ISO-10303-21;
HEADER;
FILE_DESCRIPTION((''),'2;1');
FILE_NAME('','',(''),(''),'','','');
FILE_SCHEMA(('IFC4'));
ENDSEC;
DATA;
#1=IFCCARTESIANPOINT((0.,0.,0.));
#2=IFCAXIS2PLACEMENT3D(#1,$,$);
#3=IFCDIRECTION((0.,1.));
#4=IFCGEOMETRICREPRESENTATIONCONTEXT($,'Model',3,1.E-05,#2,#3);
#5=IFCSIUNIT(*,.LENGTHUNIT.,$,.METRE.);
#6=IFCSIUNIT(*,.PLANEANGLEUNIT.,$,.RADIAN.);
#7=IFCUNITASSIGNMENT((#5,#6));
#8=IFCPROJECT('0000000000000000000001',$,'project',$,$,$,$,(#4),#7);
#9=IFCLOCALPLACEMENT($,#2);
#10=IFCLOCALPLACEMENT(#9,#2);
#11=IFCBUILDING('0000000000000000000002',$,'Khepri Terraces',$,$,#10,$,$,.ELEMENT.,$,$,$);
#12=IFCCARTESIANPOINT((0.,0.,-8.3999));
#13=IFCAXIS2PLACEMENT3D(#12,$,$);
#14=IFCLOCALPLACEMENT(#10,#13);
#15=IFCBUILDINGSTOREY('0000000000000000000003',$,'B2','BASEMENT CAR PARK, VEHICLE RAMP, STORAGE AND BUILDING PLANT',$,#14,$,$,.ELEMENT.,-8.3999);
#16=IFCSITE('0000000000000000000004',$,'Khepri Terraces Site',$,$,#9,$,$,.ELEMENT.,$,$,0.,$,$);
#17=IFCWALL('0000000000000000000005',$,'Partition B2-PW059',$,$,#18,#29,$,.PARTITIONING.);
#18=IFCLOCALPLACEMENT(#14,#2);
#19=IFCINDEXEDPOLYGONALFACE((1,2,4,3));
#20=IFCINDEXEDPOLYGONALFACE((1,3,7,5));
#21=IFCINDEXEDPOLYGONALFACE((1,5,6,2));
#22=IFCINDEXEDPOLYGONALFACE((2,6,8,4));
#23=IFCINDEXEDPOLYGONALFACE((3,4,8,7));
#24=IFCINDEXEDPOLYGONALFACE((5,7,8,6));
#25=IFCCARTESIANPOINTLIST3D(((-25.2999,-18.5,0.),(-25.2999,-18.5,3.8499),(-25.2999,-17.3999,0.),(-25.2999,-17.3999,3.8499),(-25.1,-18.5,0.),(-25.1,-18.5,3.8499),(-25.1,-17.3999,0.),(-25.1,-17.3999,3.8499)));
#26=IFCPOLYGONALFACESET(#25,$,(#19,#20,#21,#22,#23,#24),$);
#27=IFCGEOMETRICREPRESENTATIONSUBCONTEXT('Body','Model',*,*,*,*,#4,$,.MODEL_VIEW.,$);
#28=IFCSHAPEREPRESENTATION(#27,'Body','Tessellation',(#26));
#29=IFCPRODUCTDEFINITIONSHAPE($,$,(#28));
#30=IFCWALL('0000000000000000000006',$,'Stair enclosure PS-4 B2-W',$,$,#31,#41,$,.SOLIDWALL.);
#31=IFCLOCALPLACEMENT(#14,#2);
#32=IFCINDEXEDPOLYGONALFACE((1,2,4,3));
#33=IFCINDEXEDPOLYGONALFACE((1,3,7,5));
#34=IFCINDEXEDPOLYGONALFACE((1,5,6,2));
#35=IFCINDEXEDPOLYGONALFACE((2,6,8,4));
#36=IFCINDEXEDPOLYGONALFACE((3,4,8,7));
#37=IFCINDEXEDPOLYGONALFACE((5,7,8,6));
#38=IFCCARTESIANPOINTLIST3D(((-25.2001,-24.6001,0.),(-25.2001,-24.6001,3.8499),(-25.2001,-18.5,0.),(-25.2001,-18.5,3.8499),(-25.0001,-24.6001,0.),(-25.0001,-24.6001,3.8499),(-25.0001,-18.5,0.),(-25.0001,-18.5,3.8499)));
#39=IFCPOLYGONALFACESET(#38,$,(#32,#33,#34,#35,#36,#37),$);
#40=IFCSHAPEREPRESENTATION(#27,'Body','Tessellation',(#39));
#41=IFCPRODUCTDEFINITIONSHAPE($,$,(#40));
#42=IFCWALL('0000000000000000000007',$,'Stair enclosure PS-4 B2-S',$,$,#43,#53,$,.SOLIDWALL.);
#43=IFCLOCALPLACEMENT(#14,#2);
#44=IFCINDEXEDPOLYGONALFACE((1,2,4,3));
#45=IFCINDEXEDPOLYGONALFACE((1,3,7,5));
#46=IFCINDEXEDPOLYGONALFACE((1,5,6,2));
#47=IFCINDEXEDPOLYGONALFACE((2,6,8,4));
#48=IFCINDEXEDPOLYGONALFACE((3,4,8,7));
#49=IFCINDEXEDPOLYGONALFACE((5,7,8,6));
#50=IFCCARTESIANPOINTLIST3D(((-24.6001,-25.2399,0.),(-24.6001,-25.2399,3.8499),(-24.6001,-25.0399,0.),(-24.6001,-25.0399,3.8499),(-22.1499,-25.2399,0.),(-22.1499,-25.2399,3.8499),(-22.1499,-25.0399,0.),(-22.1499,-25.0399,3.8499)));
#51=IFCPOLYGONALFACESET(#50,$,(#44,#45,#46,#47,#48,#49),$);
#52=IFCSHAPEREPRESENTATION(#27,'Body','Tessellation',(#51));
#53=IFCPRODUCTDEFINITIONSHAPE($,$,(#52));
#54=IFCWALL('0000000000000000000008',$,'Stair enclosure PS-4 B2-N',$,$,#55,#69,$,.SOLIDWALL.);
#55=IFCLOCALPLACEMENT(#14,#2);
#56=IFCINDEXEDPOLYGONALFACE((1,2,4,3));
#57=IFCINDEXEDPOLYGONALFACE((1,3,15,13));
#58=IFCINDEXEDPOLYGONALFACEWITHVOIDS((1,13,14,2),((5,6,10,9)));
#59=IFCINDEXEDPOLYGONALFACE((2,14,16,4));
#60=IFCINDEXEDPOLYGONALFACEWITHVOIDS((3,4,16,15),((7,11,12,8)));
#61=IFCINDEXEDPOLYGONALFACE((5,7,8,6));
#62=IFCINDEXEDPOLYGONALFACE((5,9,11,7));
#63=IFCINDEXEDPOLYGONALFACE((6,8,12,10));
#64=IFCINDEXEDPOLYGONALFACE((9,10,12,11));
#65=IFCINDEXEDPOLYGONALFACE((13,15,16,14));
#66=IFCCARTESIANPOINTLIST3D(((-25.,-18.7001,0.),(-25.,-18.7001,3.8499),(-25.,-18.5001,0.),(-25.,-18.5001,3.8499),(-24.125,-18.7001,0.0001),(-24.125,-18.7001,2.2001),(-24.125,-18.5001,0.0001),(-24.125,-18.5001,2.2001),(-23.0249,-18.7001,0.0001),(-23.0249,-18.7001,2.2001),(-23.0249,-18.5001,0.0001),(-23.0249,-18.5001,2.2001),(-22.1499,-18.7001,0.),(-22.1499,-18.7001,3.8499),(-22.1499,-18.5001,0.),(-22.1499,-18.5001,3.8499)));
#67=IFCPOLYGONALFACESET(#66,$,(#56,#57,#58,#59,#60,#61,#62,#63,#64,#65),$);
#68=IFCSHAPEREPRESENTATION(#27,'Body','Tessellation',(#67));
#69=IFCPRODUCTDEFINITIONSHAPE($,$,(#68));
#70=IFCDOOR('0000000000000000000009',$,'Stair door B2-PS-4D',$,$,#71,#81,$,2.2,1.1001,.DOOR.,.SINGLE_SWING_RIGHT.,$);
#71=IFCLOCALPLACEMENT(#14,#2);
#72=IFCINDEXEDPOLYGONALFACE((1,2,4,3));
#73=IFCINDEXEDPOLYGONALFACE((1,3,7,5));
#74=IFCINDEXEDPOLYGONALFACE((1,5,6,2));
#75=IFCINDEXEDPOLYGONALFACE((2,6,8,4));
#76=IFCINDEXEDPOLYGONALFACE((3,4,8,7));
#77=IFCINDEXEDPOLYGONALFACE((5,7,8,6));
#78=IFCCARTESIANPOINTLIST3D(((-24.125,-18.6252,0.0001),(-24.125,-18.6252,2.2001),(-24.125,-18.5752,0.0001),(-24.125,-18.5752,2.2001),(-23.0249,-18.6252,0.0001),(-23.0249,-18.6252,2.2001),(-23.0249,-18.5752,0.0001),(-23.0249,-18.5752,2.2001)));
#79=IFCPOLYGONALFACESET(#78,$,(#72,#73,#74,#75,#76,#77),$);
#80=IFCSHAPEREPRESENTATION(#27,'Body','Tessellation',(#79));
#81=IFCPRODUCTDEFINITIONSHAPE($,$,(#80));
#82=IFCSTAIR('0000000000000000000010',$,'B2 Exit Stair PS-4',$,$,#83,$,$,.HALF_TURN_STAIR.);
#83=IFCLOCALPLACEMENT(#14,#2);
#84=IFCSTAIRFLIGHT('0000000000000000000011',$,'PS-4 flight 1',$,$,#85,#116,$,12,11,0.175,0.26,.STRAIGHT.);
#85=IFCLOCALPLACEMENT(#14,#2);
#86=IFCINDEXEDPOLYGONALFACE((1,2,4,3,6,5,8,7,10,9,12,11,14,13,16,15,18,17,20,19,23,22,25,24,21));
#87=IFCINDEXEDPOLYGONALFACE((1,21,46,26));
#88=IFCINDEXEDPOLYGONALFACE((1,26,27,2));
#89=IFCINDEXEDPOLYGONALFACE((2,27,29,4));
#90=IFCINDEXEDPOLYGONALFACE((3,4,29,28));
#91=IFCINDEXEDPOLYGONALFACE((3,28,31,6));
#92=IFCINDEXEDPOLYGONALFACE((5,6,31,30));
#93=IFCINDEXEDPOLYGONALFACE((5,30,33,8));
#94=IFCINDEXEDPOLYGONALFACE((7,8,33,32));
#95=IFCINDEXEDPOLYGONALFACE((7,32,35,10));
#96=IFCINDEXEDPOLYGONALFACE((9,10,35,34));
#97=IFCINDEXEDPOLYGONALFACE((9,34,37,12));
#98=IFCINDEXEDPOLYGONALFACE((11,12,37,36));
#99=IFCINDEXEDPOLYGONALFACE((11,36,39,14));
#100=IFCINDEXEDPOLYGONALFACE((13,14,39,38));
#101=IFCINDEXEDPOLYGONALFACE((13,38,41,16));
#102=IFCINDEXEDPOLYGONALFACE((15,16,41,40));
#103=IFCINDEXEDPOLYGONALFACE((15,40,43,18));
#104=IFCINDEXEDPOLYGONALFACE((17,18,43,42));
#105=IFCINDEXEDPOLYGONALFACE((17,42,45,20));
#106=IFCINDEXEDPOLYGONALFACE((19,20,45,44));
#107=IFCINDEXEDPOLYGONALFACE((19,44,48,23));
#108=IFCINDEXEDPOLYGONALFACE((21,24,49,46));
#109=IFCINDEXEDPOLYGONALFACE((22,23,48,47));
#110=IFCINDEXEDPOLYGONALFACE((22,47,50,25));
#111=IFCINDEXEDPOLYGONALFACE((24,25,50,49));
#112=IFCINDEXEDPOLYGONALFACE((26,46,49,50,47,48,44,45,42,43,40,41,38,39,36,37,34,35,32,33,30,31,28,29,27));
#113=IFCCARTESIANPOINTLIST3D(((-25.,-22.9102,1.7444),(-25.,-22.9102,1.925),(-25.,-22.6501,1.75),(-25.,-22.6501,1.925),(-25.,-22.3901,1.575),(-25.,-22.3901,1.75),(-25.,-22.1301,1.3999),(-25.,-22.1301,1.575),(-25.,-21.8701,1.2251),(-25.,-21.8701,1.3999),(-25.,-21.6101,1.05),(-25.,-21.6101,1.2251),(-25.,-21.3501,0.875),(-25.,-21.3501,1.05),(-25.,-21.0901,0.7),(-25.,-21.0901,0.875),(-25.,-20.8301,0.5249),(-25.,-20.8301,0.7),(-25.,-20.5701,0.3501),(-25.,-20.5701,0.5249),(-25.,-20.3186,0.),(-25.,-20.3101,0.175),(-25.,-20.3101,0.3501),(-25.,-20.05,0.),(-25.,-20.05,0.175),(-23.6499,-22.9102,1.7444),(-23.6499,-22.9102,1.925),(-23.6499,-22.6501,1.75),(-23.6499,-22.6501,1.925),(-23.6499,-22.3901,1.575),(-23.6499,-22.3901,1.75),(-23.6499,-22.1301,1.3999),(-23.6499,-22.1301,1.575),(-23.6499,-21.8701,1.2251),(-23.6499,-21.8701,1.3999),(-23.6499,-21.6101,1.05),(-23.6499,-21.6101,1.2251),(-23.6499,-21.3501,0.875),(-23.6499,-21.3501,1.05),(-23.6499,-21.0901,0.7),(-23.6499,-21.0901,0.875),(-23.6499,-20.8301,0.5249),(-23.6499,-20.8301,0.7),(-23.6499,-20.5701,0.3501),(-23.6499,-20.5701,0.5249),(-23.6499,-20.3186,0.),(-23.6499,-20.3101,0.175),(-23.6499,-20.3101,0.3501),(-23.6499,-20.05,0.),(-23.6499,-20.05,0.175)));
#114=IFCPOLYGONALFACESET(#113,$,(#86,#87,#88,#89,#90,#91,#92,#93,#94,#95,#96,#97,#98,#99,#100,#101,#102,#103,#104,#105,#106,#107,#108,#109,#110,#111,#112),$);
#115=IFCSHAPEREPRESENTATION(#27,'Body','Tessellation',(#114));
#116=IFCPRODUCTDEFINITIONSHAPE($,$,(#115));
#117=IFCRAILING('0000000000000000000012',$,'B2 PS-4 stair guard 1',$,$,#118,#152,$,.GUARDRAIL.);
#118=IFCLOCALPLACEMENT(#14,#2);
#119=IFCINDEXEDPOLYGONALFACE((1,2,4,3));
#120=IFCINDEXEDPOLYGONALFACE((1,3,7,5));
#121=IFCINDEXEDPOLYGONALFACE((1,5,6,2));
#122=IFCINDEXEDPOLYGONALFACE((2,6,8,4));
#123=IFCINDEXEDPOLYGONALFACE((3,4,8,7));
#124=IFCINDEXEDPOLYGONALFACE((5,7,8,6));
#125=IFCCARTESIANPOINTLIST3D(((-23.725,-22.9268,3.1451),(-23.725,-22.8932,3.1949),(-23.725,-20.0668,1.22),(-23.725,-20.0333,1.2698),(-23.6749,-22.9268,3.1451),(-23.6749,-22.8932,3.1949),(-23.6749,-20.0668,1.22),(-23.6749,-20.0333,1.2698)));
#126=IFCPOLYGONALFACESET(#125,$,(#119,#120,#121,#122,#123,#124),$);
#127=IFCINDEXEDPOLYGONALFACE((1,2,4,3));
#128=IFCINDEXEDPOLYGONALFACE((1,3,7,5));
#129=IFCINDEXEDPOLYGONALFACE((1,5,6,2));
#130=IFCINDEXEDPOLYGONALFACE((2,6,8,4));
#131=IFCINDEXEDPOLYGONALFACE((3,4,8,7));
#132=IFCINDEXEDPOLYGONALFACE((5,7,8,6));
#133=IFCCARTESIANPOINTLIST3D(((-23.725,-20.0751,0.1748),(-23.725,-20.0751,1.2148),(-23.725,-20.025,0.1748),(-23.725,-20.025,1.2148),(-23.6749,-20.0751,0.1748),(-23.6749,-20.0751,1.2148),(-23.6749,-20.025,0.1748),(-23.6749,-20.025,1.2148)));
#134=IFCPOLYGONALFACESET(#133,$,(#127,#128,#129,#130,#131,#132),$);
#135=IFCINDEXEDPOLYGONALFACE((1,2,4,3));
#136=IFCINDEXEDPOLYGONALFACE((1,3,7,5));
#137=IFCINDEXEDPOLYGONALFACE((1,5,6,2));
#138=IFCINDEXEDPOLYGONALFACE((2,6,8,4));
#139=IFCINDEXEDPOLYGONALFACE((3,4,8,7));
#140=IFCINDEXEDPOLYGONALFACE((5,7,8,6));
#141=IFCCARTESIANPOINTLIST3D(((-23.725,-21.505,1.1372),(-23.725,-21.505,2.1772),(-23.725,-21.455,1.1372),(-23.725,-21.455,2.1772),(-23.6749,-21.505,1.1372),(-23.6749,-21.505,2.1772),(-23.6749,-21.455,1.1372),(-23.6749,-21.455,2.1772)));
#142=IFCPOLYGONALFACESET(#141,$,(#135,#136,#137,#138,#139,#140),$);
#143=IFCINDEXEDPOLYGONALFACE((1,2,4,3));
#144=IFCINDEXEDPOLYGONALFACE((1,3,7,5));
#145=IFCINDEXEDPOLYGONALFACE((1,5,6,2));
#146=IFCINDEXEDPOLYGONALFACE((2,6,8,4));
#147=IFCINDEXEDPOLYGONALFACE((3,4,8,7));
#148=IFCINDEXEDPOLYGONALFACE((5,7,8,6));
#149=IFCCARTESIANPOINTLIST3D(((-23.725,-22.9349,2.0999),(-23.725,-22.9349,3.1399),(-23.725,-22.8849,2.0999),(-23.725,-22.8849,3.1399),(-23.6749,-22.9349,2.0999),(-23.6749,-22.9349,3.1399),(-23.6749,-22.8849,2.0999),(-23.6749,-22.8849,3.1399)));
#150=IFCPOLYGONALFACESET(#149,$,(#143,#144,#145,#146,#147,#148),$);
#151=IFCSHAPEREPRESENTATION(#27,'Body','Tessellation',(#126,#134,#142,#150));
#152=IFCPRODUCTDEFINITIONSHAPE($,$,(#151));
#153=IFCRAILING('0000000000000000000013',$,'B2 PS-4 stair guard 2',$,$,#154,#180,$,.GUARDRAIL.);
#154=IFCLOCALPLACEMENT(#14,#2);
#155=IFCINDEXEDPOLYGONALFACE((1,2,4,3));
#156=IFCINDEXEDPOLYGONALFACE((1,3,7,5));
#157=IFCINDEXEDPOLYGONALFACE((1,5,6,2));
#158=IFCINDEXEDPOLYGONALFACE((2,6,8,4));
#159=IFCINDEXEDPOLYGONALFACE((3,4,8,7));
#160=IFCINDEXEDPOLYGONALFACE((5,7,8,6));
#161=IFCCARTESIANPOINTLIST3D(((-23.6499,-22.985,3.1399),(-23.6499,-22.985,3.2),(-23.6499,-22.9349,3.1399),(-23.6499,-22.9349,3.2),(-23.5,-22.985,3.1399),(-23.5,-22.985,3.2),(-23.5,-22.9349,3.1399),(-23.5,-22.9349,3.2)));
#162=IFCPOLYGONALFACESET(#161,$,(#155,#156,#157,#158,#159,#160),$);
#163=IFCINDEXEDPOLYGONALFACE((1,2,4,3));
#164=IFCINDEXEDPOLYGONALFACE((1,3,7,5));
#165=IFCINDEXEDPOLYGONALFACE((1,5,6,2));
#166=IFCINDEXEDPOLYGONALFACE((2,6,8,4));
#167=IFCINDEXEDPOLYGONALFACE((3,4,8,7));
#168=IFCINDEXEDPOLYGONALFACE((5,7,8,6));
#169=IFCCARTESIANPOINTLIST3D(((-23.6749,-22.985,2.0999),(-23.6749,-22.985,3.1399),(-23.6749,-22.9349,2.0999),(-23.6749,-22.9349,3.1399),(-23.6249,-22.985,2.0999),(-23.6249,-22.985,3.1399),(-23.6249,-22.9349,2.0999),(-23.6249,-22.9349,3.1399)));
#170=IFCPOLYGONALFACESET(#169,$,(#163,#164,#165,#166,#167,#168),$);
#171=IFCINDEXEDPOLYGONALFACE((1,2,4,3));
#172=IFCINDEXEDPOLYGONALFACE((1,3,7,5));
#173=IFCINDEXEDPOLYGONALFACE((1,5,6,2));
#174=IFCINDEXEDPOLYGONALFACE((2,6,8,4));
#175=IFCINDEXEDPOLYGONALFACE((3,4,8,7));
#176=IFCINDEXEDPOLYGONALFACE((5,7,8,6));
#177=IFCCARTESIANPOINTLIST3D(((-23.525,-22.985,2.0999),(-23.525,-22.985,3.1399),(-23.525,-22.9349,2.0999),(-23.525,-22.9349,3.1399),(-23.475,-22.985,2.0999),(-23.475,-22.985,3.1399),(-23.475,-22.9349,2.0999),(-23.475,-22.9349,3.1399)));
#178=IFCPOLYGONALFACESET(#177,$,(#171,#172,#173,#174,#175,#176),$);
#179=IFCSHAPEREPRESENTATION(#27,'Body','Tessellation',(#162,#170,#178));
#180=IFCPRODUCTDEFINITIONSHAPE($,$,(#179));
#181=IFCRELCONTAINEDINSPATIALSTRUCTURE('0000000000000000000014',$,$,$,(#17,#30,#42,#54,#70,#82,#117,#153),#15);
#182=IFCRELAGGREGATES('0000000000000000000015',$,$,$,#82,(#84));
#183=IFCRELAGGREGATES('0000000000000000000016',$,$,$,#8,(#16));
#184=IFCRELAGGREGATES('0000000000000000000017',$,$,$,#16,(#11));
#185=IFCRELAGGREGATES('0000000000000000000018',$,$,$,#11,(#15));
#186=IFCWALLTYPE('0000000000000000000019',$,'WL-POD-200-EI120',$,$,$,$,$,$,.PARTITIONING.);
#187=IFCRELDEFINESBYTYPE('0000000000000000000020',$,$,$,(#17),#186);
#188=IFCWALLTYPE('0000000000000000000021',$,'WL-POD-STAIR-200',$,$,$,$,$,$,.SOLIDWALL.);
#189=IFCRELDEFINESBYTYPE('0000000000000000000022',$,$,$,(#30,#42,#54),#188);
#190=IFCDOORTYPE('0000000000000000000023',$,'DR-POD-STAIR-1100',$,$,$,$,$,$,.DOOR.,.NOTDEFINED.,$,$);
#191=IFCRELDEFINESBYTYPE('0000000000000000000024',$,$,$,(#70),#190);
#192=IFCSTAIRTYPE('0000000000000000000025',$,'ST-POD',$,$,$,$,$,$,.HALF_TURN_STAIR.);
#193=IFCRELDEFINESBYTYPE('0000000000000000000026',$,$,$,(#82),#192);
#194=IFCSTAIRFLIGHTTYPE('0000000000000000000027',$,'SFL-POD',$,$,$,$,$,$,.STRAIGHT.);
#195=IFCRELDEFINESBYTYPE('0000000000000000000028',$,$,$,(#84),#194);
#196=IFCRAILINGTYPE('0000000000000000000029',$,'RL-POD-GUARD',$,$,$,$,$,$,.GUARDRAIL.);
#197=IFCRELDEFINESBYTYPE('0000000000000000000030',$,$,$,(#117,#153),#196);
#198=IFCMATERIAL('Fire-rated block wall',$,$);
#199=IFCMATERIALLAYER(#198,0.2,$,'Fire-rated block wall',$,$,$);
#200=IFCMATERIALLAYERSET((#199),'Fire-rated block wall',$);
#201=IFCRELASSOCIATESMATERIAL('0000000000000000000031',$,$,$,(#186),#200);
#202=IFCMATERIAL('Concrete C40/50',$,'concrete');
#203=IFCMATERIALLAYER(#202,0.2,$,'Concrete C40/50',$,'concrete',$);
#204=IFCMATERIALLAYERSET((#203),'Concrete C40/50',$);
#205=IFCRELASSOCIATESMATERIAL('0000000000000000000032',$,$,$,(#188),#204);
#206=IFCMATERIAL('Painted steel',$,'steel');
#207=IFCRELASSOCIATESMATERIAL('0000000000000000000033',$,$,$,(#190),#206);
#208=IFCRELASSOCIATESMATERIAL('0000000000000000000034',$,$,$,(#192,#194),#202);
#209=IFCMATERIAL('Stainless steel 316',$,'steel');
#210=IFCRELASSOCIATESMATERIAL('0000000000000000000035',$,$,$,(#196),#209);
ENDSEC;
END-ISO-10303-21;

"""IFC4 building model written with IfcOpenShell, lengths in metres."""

from ifc_helpers import new_model, si_unit, direction, frame, frame_2d, origin, origin_2d, place, context, subcontext, project, spatial, polyline, rectangle, outline, extrude, material, layer, layer_set, type_object, element, fill, aggregate, save


model = new_model("IFC4")

# Units and contexts
model_context = context("Model", 3, precision=1e-05, world=origin(), true_north=direction((0.0, 1.0)))
body_context = subcontext(model_context, "Body", "Model", "MODEL_VIEW")
ifc_project = project(units=[si_unit("LENGTHUNIT", "METRE"), si_unit("PLANEANGLEUNIT", "RADIAN")], contexts=[model_context])

# Site, building, storey
site_placement = place(None, origin())
site = spatial("IfcSite", under=ifc_project, at=site_placement, Name="Khepri Terraces Site", CompositionType="ELEMENT", RefElevation=0.0)
building_placement = place(site_placement, origin())
building = spatial("IfcBuilding", under=site, at=building_placement, Name="Khepri Terraces", CompositionType="ELEMENT")
storey_placement = place(building_placement, frame((0.0, 0.0, -8.3999)))
storey = spatial("IfcBuildingStorey", under=building, at=storey_placement, Name="B2", Description="BASEMENT CAR PARK, VEHICLE RAMP, STORAGE AND BUILDING PLANT", CompositionType="ELEMENT", Elevation=-8.3999)

# Walls
ifc_material_1 = material(Name="Fire-rated block wall")
ifc_layer_1 = layer(ifc_material_1, 0.2, Name="Fire-rated block wall")
ifc_layer_set_1 = layer_set([ifc_layer_1], Name="Fire-rated block wall")
wall_type_1 = type_object("IfcWallType", Name="WL-POD-200-EI120", PredefinedType="PARTITIONING", material=ifc_layer_set_1)
wall_1_placement = place(storey_placement, frame((-25.2, -18.5, 0.0), z_axis=(0.0, 0.0, 1.0), x_axis=(0.0, 1.0, 0.0)))
element("IfcWall", 1, at=wall_1_placement, inside=storey, type_object=wall_type_1, Name="Partition B2-PW059", PredefinedType="PARTITIONING", context=body_context, shape_type="SweptSolid", body=[
    extrude(rectangle(XDim=1.1001, YDim=0.2, at=frame_2d((0.55, 0.0))), origin(), (0.0, 0.0, 1.0), 3.8499),
])
ifc_material_2 = material(Name="Concrete C40/50", Category="concrete")
ifc_layer_2 = layer(ifc_material_2, 0.2, Name="Concrete C40/50", Category="concrete")
ifc_layer_set_2 = layer_set([ifc_layer_2], Name="Concrete C40/50")
wall_type_2 = type_object("IfcWallType", Name="WL-POD-STAIR-200", PredefinedType="SOLIDWALL", material=ifc_layer_set_2)
wall_2_placement = place(storey_placement, frame((-25.1001, -24.6001, 0.0), z_axis=(0.0, 0.0, 1.0), x_axis=(0.0, 1.0, 0.0)))
element("IfcWall", 2, at=wall_2_placement, inside=storey, type_object=wall_type_2, Name="Stair enclosure PS-4 B2-W", PredefinedType="SOLIDWALL", context=body_context, shape_type="SweptSolid", body=[
    extrude(rectangle(XDim=6.1001, YDim=0.2, at=frame_2d((3.05, 0.0))), origin(), (0.0, 0.0, 1.0), 3.8499),
])
wall_3_placement = place(storey_placement, frame((-24.6001, -25.1399, 0.0), z_axis=(0.0, 0.0, 1.0), x_axis=(1.0, 0.0, 0.0)))
element("IfcWall", 3, at=wall_3_placement, inside=storey, type_object=wall_type_2, Name="Stair enclosure PS-4 B2-S", PredefinedType="SOLIDWALL", context=body_context, shape_type="SweptSolid", body=[
    extrude(rectangle(XDim=2.4502, YDim=0.2, at=frame_2d((1.2251, 0.0))), origin(), (0.0, 0.0, 1.0), 3.8499),
])

# Wall, opening, door
wall_4_placement = place(storey_placement, frame((-25.0, -18.6001, 0.0), z_axis=(0.0, 0.0, 1.0), x_axis=(1.0, 0.0, 0.0)))
wall_4 = element("IfcWall", 4, at=wall_4_placement, inside=storey, type_object=wall_type_2, Name="Stair enclosure PS-4 B2-N", PredefinedType="SOLIDWALL", context=body_context, shape_type="SweptSolid", body=[
    extrude(rectangle(XDim=2.8501, YDim=0.2, at=frame_2d((1.425, 0.0))), origin(), (0.0, 0.0, 1.0), 3.8499),
])
opening_placement = place(wall_4_placement, frame((0.875, 0.0, 0.0)))
opening = element("IfcOpeningElement", 5, at=opening_placement, cuts=wall_4, PredefinedType="OPENING", context=body_context, shape_type="SweptSolid", body=[
    extrude(rectangle(XDim=1.1001, YDim=2.2, at=frame_2d((0.55, 1.1001))), frame((0.0, 0.1099, 0.0), z_axis=(0.0, -1.0, 0.0), x_axis=(1.0, 0.0, 0.0)), (0.0, 0.0, 1.0), 0.22),
])
ifc_material_3 = material(Name="Painted steel", Category="steel")
door_type = type_object("IfcDoorType", Name="DR-POD-STAIR-1100", OperationType="NOTDEFINED", PredefinedType="DOOR", material=ifc_material_3)
door_placement = place(opening_placement, origin())
door = element("IfcDoor", 6, at=door_placement, inside=storey, type_object=door_type, Name="Stair door B2-PS-4D", OperationType="SINGLE_SWING_RIGHT", OverallHeight=2.2, OverallWidth=1.1001, PredefinedType="DOOR", context=body_context, shape_type="SweptSolid", body=[
    extrude(rectangle(XDim=1.1001, YDim=2.2, at=frame_2d((0.55, 1.1001))), frame((0.0, 0.0249, 0.0), z_axis=(0.0, -1.0, 0.0), x_axis=(1.0, 0.0, 0.0)), (0.0, 0.0, 1.0), 0.05),
])
fill(opening, door)

# Stair, stair flight
stair_type = type_object("IfcStairType", Name="ST-POD", PredefinedType="HALF_TURN_STAIR", material=ifc_material_2)
stair_placement = place(storey_placement, origin())
stair = element("IfcStair", 7, at=stair_placement, inside=storey, type_object=stair_type, Name="B2 Exit Stair PS-4", PredefinedType="HALF_TURN_STAIR")
stair_flight_type = type_object("IfcStairFlightType", Name="SFL-POD", PredefinedType="STRAIGHT", material=ifc_material_2)
stair_flight_placement = place(storey_placement, frame((-24.325, -20.05, 0.0), z_axis=(0.0, 0.0, 1.0), x_axis=(0.0, -1.0, 0.0)))
stair_flight = element("IfcStairFlight", 8, at=stair_flight_placement, type_object=stair_flight_type, Name="PS-4 flight 1", NumberOfRisers=12, NumberOfTreads=11, PredefinedType="STRAIGHT", RiserHeight=0.175, TreadLength=0.26, context=body_context, shape_type="SweptSolid", body=[
    extrude(outline(polyline([(0.0, 0.0), (0.0, 0.175), (0.26, 0.175), (0.26, 0.3501), (0.52, 0.3501), (0.52, 0.5249), (0.78, 0.5249), (0.78, 0.7), (1.04, 0.7), (1.04, 0.875), (1.3, 0.875), (1.3, 1.05), (1.5601, 1.05), (1.5601, 1.2251), (1.8201, 1.2251), (1.8201, 1.3999), (2.0801, 1.3999), (2.0801, 1.575), (2.3401, 1.575), (2.3401, 1.75), (2.6001, 1.75), (2.6001, 1.925), (2.8601, 1.925), (2.8601, 2.1001), (2.8601, 1.7444), (0.2686, 0.0), (0.0, 0.0)])), frame((0.0, 0.675, 0.0), z_axis=(0.0, -1.0, 0.0), x_axis=(1.0, 0.0, 0.0)), (0.0, 0.0, 1.0), 1.3501),
])
aggregate(stair, [stair_flight])

# Railings
ifc_material_4 = material(Name="Stainless steel 316", Category="steel")
railing_type_1 = type_object("IfcRailingType", Name="RL-POD-GUARD", PredefinedType="GUARDRAIL", material=ifc_material_4)
railing_1_placement = place(storey_placement, frame((-23.7, -20.05, 0.1748)))
element("IfcRailing", 9, at=railing_1_placement, inside=storey, type_object=railing_type_1, Name="B2 PS-4 stair guard 1", PredefinedType="GUARDRAIL", context=body_context, shape_type="SweptSolid", body=[
    extrude(rectangle(XDim=0.05, YDim=0.0601, at=origin_2d()), frame((0.0, 0.0, 1.0701), z_axis=(0.0, -0.829569, 0.558404), x_axis=(1.0, 0.0, 0.0)), (0.0, 0.0, 1.0), 3.4475),
    extrude(rectangle(XDim=0.05, YDim=0.05, at=origin_2d()), origin(), (0.0, 0.0, 1.0), 1.04),
    extrude(rectangle(XDim=0.05, YDim=0.05, at=origin_2d()), frame((0.0, -1.4299, 0.9624)), (0.0, 0.0, 1.0), 1.04),
    extrude(rectangle(XDim=0.05, YDim=0.05, at=origin_2d()), frame((0.0, -2.8599, 1.925)), (0.0, 0.0, 1.0), 1.04),
])
railing_2_placement = place(storey_placement, frame((-23.6499, -22.96, 2.0999)))
element("IfcRailing", 10, at=railing_2_placement, inside=storey, type_object=railing_type_1, Name="B2 PS-4 stair guard 2", PredefinedType="GUARDRAIL", context=body_context, shape_type="SweptSolid", body=[
    extrude(rectangle(XDim=0.05, YDim=0.0601, at=origin_2d()), frame((0.0, 0.0, 1.0701), z_axis=(1.0, 0.0, 0.0), x_axis=(0.0, 1.0, 0.0)), (0.0, 0.0, 1.0), 0.1499),
    extrude(rectangle(XDim=0.05, YDim=0.05, at=origin_2d()), origin(), (0.0, 0.0, 1.0), 1.04),
    extrude(rectangle(XDim=0.05, YDim=0.05, at=origin_2d()), frame((0.1499, 0.0, 0.0)), (0.0, 0.0, 1.0), 1.04),
])

save(model, "model.ifc")
